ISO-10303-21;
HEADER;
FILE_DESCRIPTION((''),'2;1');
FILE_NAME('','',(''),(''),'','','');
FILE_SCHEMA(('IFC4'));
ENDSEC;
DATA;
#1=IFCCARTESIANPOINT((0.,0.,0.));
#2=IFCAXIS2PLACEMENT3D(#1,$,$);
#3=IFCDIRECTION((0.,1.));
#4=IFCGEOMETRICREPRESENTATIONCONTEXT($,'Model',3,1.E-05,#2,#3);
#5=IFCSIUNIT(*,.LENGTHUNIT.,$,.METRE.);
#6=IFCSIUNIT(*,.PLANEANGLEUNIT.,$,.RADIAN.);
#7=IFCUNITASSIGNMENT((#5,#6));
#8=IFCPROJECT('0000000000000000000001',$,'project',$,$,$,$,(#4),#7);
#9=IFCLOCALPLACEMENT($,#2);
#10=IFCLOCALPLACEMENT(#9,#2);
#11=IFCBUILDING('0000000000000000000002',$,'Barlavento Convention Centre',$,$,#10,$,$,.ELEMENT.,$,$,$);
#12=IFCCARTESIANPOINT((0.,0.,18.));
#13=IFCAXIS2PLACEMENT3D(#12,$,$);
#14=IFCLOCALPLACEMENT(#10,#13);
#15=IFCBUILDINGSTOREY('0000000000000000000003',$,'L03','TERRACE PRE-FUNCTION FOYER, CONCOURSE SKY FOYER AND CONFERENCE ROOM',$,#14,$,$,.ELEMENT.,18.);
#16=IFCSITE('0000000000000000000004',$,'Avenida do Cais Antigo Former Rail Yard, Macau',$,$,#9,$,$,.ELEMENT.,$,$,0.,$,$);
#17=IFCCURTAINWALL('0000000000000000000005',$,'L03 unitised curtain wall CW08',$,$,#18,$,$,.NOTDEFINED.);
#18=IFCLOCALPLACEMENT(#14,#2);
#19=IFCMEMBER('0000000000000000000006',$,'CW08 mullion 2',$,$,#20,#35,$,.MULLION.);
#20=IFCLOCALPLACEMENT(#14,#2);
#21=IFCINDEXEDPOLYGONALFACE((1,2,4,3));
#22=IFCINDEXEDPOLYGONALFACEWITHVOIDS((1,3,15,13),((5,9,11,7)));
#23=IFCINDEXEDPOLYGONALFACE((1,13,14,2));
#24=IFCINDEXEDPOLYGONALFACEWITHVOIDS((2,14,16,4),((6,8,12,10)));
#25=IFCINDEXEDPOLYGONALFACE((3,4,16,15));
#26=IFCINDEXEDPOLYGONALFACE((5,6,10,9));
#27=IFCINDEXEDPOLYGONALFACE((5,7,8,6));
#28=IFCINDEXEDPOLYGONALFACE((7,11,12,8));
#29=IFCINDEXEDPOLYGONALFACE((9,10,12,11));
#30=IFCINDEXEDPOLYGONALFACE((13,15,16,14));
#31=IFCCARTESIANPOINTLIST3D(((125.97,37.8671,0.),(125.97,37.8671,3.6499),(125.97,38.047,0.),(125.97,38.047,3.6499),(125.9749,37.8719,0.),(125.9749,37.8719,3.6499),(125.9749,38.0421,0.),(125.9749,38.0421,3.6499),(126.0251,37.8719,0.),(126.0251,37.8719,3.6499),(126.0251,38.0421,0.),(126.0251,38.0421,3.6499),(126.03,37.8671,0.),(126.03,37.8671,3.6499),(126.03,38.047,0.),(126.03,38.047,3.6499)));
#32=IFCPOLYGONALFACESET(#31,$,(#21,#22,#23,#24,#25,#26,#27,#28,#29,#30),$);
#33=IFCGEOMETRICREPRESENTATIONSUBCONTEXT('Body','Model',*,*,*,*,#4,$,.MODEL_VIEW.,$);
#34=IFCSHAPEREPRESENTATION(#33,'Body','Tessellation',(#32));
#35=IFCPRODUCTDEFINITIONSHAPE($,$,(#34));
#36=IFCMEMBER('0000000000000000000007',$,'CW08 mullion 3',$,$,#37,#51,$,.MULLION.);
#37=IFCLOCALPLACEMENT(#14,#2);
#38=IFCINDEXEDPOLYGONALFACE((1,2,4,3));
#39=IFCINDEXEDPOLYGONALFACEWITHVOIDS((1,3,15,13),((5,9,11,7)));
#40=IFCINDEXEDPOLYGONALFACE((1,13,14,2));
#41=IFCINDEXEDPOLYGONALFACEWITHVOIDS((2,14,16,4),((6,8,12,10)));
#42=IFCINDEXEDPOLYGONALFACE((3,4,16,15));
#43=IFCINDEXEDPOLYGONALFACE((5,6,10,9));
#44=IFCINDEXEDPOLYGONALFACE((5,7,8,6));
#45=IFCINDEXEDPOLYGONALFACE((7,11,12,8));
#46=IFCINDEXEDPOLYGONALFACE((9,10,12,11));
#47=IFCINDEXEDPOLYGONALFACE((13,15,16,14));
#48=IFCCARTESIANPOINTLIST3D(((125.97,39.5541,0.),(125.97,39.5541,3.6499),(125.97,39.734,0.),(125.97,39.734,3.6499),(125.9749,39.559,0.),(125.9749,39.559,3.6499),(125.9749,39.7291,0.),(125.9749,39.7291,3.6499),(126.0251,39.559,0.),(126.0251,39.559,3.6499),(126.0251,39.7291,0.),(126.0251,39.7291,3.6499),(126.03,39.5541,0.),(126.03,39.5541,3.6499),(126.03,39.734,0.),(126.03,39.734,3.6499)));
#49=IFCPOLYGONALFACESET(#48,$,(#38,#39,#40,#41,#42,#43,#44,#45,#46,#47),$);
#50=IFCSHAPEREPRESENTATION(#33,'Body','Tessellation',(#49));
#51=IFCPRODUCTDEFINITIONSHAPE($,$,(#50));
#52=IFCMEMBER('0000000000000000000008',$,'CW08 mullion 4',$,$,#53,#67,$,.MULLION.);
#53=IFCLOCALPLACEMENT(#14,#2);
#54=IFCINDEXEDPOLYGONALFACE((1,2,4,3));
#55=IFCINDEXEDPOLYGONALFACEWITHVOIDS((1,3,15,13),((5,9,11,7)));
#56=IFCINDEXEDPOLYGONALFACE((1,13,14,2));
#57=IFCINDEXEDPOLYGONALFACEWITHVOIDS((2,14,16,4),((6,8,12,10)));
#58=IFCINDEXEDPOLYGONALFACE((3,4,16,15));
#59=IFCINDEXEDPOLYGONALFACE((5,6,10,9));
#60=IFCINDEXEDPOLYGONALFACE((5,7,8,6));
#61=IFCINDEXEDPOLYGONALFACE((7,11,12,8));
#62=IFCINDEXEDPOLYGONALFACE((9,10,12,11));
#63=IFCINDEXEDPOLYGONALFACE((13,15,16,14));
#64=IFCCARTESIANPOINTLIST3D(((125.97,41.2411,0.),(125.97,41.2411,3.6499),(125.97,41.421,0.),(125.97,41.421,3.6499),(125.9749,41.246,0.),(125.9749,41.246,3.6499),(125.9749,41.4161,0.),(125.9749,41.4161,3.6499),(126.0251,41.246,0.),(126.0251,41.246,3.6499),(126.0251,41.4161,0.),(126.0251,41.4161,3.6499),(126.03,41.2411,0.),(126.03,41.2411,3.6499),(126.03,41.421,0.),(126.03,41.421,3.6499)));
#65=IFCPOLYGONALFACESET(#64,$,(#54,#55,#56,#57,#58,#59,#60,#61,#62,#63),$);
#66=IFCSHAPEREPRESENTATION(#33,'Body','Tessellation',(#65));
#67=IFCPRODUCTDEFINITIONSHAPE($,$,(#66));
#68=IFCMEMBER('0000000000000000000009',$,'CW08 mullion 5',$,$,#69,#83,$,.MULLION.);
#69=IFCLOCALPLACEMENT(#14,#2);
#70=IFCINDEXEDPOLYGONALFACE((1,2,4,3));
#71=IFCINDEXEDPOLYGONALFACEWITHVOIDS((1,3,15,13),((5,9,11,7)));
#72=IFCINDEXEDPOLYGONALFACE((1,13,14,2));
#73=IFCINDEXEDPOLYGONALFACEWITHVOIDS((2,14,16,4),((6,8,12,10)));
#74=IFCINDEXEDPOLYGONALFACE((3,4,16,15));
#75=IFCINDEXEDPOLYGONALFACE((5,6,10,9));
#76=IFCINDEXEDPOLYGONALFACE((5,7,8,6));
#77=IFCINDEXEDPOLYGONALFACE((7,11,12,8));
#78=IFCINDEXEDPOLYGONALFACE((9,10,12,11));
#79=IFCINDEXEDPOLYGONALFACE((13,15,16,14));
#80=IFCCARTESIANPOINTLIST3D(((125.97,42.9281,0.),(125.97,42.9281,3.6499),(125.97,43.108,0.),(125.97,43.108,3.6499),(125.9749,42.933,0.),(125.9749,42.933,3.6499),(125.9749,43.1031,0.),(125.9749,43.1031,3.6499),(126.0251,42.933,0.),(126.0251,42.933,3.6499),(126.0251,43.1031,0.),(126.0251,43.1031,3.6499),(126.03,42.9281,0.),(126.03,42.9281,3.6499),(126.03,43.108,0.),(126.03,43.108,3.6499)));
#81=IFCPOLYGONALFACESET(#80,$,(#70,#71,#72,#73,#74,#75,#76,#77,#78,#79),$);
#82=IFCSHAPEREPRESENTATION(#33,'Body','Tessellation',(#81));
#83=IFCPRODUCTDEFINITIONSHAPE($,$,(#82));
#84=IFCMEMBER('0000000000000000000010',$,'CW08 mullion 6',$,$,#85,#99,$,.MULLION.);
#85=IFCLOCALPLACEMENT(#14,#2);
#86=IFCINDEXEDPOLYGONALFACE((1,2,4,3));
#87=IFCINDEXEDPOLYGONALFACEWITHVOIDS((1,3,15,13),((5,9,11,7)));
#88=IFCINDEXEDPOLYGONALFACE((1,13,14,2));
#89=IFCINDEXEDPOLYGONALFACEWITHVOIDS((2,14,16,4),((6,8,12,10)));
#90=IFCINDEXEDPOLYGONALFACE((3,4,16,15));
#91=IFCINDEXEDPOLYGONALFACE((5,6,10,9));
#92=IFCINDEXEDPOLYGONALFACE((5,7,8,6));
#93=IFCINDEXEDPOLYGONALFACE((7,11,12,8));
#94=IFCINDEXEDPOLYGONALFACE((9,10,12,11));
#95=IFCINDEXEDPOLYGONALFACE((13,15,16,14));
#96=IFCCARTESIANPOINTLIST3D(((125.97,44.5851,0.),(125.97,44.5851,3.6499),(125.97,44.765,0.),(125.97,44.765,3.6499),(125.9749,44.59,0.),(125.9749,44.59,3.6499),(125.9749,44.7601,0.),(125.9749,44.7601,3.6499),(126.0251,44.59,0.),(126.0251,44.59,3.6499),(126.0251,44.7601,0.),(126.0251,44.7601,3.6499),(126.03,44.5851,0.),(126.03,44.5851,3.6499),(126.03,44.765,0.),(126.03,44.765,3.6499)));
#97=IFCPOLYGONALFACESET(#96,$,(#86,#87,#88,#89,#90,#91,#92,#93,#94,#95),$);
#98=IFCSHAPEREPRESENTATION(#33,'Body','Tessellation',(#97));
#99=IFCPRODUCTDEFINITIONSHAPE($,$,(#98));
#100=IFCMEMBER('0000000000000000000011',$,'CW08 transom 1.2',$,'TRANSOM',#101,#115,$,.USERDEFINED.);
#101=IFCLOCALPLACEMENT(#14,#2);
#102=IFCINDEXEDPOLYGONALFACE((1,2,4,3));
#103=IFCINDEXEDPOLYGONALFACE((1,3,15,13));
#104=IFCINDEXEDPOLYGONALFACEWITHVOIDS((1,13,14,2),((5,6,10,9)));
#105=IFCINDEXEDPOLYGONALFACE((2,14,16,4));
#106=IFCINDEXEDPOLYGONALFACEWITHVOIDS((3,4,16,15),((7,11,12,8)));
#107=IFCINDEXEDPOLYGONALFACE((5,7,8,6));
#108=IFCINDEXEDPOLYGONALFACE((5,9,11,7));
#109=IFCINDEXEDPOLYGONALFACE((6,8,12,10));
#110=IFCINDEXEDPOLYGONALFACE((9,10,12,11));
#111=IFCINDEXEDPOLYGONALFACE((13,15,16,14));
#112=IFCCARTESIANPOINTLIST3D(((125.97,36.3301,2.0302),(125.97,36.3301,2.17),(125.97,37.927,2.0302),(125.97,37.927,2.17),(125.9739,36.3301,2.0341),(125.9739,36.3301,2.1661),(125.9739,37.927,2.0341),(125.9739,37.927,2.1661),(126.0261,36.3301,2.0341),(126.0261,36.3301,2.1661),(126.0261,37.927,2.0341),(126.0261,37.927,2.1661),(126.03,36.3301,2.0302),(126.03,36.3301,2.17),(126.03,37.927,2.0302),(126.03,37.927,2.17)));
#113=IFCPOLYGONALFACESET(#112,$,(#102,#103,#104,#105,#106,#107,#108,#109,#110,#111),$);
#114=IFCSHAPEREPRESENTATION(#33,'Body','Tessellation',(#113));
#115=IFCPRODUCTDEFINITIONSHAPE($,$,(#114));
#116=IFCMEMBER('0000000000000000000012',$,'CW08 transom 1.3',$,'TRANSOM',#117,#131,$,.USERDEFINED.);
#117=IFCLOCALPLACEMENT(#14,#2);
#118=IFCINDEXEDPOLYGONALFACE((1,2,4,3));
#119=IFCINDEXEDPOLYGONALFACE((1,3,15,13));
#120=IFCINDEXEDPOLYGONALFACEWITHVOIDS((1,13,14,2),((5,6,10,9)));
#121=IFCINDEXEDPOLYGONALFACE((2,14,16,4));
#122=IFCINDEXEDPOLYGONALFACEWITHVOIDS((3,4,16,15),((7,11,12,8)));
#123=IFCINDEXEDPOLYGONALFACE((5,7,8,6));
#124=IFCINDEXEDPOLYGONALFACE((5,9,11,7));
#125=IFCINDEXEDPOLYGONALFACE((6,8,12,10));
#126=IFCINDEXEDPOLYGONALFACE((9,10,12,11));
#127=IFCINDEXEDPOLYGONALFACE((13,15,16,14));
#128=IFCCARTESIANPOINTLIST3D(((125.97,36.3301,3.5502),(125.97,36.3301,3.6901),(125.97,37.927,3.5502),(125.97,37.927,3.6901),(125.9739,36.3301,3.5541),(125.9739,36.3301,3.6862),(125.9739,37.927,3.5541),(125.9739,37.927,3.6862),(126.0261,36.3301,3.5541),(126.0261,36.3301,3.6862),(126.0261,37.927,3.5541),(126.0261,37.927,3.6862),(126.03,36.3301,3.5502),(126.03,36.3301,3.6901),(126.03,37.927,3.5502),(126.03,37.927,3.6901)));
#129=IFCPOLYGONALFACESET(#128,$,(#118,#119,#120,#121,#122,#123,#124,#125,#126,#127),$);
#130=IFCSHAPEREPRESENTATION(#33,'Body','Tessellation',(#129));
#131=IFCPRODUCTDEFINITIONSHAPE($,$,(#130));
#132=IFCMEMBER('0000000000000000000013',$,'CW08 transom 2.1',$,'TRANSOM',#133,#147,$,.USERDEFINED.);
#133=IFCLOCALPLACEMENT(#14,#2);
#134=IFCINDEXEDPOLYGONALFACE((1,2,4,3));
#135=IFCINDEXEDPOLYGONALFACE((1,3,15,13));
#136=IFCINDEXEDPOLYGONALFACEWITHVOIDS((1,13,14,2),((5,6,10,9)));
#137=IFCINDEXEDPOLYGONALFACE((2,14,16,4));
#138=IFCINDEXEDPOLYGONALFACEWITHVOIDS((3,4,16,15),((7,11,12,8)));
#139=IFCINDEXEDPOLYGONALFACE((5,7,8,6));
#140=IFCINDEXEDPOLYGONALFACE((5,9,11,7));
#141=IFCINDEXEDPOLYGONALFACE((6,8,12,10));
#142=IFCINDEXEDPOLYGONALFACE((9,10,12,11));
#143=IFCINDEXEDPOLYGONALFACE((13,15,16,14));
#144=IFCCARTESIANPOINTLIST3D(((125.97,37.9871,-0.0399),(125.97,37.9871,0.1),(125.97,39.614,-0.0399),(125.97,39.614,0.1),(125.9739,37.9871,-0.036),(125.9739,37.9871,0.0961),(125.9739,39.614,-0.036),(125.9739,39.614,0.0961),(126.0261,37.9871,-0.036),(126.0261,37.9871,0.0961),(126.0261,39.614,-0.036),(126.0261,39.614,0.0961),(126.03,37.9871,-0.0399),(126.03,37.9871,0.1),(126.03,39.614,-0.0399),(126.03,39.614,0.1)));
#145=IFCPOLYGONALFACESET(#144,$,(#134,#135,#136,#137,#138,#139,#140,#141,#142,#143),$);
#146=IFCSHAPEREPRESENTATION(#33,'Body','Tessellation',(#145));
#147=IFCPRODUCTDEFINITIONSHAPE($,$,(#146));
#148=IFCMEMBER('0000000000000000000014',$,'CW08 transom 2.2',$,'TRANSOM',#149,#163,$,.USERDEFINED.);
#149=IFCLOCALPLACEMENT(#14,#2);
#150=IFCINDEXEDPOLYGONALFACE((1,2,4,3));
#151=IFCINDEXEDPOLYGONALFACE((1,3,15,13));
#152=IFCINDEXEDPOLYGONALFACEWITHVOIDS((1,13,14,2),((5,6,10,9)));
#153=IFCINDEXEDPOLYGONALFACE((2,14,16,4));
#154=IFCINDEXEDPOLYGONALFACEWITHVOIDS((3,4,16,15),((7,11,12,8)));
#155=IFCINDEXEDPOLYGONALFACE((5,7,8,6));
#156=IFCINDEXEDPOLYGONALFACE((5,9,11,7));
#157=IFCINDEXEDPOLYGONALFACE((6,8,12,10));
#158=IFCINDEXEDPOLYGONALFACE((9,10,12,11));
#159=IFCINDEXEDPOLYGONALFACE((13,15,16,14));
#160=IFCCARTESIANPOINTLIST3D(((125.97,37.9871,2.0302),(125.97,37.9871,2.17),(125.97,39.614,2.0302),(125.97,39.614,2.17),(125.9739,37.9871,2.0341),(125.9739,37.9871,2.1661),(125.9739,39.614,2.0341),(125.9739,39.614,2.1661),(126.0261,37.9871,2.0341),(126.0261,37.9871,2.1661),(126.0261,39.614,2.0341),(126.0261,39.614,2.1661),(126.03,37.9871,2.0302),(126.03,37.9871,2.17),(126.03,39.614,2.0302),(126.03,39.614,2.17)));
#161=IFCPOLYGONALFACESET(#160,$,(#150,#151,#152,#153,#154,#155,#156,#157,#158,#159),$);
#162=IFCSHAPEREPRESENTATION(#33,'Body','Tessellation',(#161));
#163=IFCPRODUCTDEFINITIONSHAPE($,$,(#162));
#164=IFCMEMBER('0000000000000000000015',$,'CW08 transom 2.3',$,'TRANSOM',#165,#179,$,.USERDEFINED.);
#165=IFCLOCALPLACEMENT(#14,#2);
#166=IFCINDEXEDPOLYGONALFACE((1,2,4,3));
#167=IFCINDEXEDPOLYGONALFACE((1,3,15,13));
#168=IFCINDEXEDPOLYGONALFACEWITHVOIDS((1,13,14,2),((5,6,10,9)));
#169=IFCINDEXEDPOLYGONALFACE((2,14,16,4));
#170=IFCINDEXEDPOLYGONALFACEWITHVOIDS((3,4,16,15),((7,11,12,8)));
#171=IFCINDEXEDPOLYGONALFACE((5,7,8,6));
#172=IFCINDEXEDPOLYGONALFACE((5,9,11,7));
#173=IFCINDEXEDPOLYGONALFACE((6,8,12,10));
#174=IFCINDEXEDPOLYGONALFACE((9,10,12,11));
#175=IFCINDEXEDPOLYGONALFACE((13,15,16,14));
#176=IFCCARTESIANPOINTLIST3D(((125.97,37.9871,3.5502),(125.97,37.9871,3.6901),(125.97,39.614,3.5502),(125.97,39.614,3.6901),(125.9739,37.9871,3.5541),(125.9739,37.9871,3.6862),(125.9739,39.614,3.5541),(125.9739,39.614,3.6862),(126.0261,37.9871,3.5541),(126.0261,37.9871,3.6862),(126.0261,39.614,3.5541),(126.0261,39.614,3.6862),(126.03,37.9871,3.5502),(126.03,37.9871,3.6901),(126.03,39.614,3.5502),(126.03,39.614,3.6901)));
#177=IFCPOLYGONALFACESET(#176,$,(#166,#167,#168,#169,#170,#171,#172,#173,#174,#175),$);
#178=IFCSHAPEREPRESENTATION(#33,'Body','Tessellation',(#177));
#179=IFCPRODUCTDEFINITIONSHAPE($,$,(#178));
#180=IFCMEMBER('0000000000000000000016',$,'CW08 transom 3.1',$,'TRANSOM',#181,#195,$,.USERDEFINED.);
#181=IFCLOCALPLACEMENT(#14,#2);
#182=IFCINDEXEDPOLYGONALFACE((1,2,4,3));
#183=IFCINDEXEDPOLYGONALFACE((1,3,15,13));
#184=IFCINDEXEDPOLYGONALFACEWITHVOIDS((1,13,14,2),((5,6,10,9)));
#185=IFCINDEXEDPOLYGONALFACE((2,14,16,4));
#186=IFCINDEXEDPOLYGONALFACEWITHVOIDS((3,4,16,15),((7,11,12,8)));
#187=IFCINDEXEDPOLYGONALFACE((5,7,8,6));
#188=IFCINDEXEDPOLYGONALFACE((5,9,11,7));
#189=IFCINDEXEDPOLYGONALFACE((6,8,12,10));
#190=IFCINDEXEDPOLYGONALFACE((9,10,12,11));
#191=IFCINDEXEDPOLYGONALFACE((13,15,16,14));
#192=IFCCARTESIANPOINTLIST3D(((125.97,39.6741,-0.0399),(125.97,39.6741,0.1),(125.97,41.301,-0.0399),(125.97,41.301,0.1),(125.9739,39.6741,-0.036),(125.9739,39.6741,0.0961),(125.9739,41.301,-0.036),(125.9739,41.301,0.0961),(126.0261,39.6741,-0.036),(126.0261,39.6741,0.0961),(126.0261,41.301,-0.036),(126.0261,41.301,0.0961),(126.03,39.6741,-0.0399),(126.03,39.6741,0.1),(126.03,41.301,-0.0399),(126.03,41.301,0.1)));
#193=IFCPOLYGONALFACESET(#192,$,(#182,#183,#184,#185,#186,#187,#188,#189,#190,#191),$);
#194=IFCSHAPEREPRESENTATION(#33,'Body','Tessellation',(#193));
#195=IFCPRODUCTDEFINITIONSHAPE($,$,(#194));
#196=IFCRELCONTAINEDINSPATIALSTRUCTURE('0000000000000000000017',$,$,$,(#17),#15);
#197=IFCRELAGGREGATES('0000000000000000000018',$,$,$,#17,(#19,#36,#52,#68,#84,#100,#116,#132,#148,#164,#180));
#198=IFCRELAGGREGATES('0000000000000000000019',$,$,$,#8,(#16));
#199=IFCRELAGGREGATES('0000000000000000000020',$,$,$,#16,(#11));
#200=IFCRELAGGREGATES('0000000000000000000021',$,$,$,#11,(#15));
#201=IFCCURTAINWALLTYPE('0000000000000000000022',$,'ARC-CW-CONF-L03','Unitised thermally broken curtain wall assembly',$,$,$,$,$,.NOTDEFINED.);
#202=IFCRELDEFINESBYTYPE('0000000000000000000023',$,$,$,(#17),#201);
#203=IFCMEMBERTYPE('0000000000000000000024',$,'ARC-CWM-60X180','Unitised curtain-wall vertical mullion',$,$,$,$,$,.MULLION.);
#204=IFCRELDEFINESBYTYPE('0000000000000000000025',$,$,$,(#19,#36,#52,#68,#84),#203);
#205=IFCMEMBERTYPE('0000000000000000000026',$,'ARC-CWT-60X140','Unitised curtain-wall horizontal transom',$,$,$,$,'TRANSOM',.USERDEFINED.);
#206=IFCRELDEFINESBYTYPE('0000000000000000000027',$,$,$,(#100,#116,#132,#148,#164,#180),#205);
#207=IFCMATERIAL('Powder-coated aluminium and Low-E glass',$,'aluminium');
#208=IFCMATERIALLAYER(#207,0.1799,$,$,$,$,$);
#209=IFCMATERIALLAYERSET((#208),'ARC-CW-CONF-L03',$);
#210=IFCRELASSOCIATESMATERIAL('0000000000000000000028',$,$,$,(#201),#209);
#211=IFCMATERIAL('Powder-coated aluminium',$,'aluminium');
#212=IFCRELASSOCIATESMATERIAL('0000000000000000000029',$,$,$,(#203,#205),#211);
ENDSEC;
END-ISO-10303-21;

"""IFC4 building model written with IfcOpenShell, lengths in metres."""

from ifc_helpers import new_model, si_unit, direction, frame, origin, origin_2d, place, context, subcontext, project, spatial, hollow_rectangle, extrude, material, layer, layer_set, material_profile, profile_set, type_object, element, aggregate, save


model = new_model("IFC4")

# Units and contexts
model_context = context("Model", 3, precision=1e-05, world=origin(), true_north=direction((0.0, 1.0)))
body_context = subcontext(model_context, "Body", "Model", "MODEL_VIEW")
ifc_project = project(units=[si_unit("LENGTHUNIT", "METRE"), si_unit("PLANEANGLEUNIT", "RADIAN")], contexts=[model_context])

# Site, building, storey
site_placement = place(None, origin())
site = spatial("IfcSite", under=ifc_project, at=site_placement, Name="Avenida do Cais Antigo Former Rail Yard, Macau", CompositionType="ELEMENT", RefElevation=0.0)
building_placement = place(site_placement, origin())
building = spatial("IfcBuilding", under=site, at=building_placement, Name="Barlavento Convention Centre", CompositionType="ELEMENT")
storey_placement = place(building_placement, frame((0.0, 0.0, 18.0)))
storey = spatial("IfcBuildingStorey", under=building, at=storey_placement, Name="L03", Description="TERRACE PRE-FUNCTION FOYER, CONCOURSE SKY FOYER AND CONFERENCE ROOM", CompositionType="ELEMENT", Elevation=18.0)

# Curtain wall, members
ifc_material_1 = material(Name="Powder-coated aluminium and Low-E glass", Category="aluminium")
ifc_layer_1 = layer(ifc_material_1, 0.1799)
ifc_layer_set_1 = layer_set([ifc_layer_1], Name="ARC-CW-CONF-L03")
curtain_wall_type = type_object("IfcCurtainWallType", Name="ARC-CW-CONF-L03", Description="Unitised thermally broken curtain wall assembly", PredefinedType="NOTDEFINED", material=ifc_layer_set_1)
curtain_wall_placement = place(storey_placement, origin())
curtain_wall = element("IfcCurtainWall", 1, at=curtain_wall_placement, inside=storey, type_object=curtain_wall_type, Name="L03 unitised curtain wall CW08", PredefinedType="NOTDEFINED")
ifc_material_2 = material(Name="Powder-coated aluminium", Category="aluminium")
ifc_material_profile_1 = material_profile(ifc_material_2, hollow_rectangle(XDim=0.0601, YDim=0.1799, WallThickness=0.0049, at=origin_2d()), Name="AL-MULL 60x180x5")
ifc_profile_set_1 = profile_set([ifc_material_profile_1], Name="Powder-coated aluminium")
member_type_1 = type_object("IfcMemberType", Name="ARC-CWM-60X180", Description="Unitised curtain-wall vertical mullion", PredefinedType="MULLION", material=ifc_profile_set_1)
member_1_placement = place(storey_placement, frame((126.0, 37.957, 0.0), z_axis=(0.0, 0.0, 1.0), x_axis=(-1.0, 0.0, 0.0)))
member_1 = element("IfcMember", 2, at=member_1_placement, type_object=member_type_1, Name="CW08 mullion 2", PredefinedType="MULLION", context=body_context, shape_type="SweptSolid", body=[
    extrude(hollow_rectangle(XDim=0.0601, YDim=0.1799, WallThickness=0.0049, at=origin_2d()), origin(), (0.0, 0.0, 1.0), 3.6499),
])
member_2_placement = place(storey_placement, frame((126.0, 39.644, 0.0), z_axis=(0.0, 0.0, 1.0), x_axis=(-1.0, 0.0, 0.0)))
member_2 = element("IfcMember", 3, at=member_2_placement, type_object=member_type_1, Name="CW08 mullion 3", PredefinedType="MULLION", context=body_context, shape_type="SweptSolid", body=[
    extrude(hollow_rectangle(XDim=0.0601, YDim=0.1799, WallThickness=0.0049, at=origin_2d()), origin(), (0.0, 0.0, 1.0), 3.6499),
])
member_3_placement = place(storey_placement, frame((126.0, 41.3311, 0.0), z_axis=(0.0, 0.0, 1.0), x_axis=(-1.0, 0.0, 0.0)))
member_3 = element("IfcMember", 4, at=member_3_placement, type_object=member_type_1, Name="CW08 mullion 4", PredefinedType="MULLION", context=body_context, shape_type="SweptSolid", body=[
    extrude(hollow_rectangle(XDim=0.0601, YDim=0.1799, WallThickness=0.0049, at=origin_2d()), origin(), (0.0, 0.0, 1.0), 3.6499),
])
member_4_placement = place(storey_placement, frame((126.0, 43.0181, 0.0), z_axis=(0.0, 0.0, 1.0), x_axis=(-1.0, 0.0, 0.0)))
member_4 = element("IfcMember", 5, at=member_4_placement, type_object=member_type_1, Name="CW08 mullion 5", PredefinedType="MULLION", context=body_context, shape_type="SweptSolid", body=[
    extrude(hollow_rectangle(XDim=0.0601, YDim=0.1799, WallThickness=0.0049, at=origin_2d()), origin(), (0.0, 0.0, 1.0), 3.6499),
])
member_5_placement = place(storey_placement, frame((126.0, 44.675, 0.0), z_axis=(0.0, 0.0, 1.0), x_axis=(-1.0, 0.0, 0.0)))
member_5 = element("IfcMember", 6, at=member_5_placement, type_object=member_type_1, Name="CW08 mullion 6", PredefinedType="MULLION", context=body_context, shape_type="SweptSolid", body=[
    extrude(hollow_rectangle(XDim=0.0601, YDim=0.1799, WallThickness=0.0049, at=origin_2d()), origin(), (0.0, 0.0, 1.0), 3.6499),
])
ifc_material_profile_2 = material_profile(ifc_material_2, hollow_rectangle(XDim=0.0601, YDim=0.1399, WallThickness=0.0039, at=origin_2d()), Name="AL-TRAN 60x140x4")
ifc_profile_set_2 = profile_set([ifc_material_profile_2], Name="Powder-coated aluminium")
member_type_2 = type_object("IfcMemberType", Name="ARC-CWT-60X140", Description="Unitised curtain-wall horizontal transom", ElementType="TRANSOM", PredefinedType="USERDEFINED", material=ifc_profile_set_2)
member_6_placement = place(storey_placement, frame((126.0, 36.3301, 2.1001), z_axis=(0.0, 1.0, 0.0), x_axis=(-1.0, 0.0, 0.0)))
member_6 = element("IfcMember", 7, at=member_6_placement, type_object=member_type_2, Name="CW08 transom 1.2", ObjectType="TRANSOM", PredefinedType="USERDEFINED", context=body_context, shape_type="SweptSolid", body=[
    extrude(hollow_rectangle(XDim=0.0601, YDim=0.1399, WallThickness=0.0039, at=origin_2d()), origin(), (0.0, 0.0, 1.0), 1.5969),
])
member_7_placement = place(storey_placement, frame((126.0, 36.3301, 3.6201), z_axis=(0.0, 1.0, 0.0), x_axis=(-1.0, 0.0, 0.0)))
member_7 = element("IfcMember", 8, at=member_7_placement, type_object=member_type_2, Name="CW08 transom 1.3", ObjectType="TRANSOM", PredefinedType="USERDEFINED", context=body_context, shape_type="SweptSolid", body=[
    extrude(hollow_rectangle(XDim=0.0601, YDim=0.1399, WallThickness=0.0039, at=origin_2d()), origin(), (0.0, 0.0, 1.0), 1.5969),
])
member_8_placement = place(storey_placement, frame((126.0, 37.9871, 0.03), z_axis=(0.0, 1.0, 0.0), x_axis=(-1.0, 0.0, 0.0)))
member_8 = element("IfcMember", 9, at=member_8_placement, type_object=member_type_2, Name="CW08 transom 2.1", ObjectType="TRANSOM", PredefinedType="USERDEFINED", context=body_context, shape_type="SweptSolid", body=[
    extrude(hollow_rectangle(XDim=0.0601, YDim=0.1399, WallThickness=0.0039, at=origin_2d()), origin(), (0.0, 0.0, 1.0), 1.627),
])
member_9_placement = place(storey_placement, frame((126.0, 37.9871, 2.1001), z_axis=(0.0, 1.0, 0.0), x_axis=(-1.0, 0.0, 0.0)))
member_9 = element("IfcMember", 10, at=member_9_placement, type_object=member_type_2, Name="CW08 transom 2.2", ObjectType="TRANSOM", PredefinedType="USERDEFINED", context=body_context, shape_type="SweptSolid", body=[
    extrude(hollow_rectangle(XDim=0.0601, YDim=0.1399, WallThickness=0.0039, at=origin_2d()), origin(), (0.0, 0.0, 1.0), 1.627),
])
member_10_placement = place(storey_placement, frame((126.0, 37.9871, 3.6201), z_axis=(0.0, 1.0, 0.0), x_axis=(-1.0, 0.0, 0.0)))
member_10 = element("IfcMember", 11, at=member_10_placement, type_object=member_type_2, Name="CW08 transom 2.3", ObjectType="TRANSOM", PredefinedType="USERDEFINED", context=body_context, shape_type="SweptSolid", body=[
    extrude(hollow_rectangle(XDim=0.0601, YDim=0.1399, WallThickness=0.0039, at=origin_2d()), origin(), (0.0, 0.0, 1.0), 1.627),
])
member_11_placement = place(storey_placement, frame((126.0, 39.6741, 0.03), z_axis=(0.0, 1.0, 0.0), x_axis=(-1.0, 0.0, 0.0)))
member_11 = element("IfcMember", 12, at=member_11_placement, type_object=member_type_2, Name="CW08 transom 3.1", ObjectType="TRANSOM", PredefinedType="USERDEFINED", context=body_context, shape_type="SweptSolid", body=[
    extrude(hollow_rectangle(XDim=0.0601, YDim=0.1399, WallThickness=0.0039, at=origin_2d()), origin(), (0.0, 0.0, 1.0), 1.627),
])

aggregate(curtain_wall, [member_1, member_2, member_3, member_4, member_5, member_6, member_7, member_8, member_9, member_10, member_11])

save(model, "model.ifc")
